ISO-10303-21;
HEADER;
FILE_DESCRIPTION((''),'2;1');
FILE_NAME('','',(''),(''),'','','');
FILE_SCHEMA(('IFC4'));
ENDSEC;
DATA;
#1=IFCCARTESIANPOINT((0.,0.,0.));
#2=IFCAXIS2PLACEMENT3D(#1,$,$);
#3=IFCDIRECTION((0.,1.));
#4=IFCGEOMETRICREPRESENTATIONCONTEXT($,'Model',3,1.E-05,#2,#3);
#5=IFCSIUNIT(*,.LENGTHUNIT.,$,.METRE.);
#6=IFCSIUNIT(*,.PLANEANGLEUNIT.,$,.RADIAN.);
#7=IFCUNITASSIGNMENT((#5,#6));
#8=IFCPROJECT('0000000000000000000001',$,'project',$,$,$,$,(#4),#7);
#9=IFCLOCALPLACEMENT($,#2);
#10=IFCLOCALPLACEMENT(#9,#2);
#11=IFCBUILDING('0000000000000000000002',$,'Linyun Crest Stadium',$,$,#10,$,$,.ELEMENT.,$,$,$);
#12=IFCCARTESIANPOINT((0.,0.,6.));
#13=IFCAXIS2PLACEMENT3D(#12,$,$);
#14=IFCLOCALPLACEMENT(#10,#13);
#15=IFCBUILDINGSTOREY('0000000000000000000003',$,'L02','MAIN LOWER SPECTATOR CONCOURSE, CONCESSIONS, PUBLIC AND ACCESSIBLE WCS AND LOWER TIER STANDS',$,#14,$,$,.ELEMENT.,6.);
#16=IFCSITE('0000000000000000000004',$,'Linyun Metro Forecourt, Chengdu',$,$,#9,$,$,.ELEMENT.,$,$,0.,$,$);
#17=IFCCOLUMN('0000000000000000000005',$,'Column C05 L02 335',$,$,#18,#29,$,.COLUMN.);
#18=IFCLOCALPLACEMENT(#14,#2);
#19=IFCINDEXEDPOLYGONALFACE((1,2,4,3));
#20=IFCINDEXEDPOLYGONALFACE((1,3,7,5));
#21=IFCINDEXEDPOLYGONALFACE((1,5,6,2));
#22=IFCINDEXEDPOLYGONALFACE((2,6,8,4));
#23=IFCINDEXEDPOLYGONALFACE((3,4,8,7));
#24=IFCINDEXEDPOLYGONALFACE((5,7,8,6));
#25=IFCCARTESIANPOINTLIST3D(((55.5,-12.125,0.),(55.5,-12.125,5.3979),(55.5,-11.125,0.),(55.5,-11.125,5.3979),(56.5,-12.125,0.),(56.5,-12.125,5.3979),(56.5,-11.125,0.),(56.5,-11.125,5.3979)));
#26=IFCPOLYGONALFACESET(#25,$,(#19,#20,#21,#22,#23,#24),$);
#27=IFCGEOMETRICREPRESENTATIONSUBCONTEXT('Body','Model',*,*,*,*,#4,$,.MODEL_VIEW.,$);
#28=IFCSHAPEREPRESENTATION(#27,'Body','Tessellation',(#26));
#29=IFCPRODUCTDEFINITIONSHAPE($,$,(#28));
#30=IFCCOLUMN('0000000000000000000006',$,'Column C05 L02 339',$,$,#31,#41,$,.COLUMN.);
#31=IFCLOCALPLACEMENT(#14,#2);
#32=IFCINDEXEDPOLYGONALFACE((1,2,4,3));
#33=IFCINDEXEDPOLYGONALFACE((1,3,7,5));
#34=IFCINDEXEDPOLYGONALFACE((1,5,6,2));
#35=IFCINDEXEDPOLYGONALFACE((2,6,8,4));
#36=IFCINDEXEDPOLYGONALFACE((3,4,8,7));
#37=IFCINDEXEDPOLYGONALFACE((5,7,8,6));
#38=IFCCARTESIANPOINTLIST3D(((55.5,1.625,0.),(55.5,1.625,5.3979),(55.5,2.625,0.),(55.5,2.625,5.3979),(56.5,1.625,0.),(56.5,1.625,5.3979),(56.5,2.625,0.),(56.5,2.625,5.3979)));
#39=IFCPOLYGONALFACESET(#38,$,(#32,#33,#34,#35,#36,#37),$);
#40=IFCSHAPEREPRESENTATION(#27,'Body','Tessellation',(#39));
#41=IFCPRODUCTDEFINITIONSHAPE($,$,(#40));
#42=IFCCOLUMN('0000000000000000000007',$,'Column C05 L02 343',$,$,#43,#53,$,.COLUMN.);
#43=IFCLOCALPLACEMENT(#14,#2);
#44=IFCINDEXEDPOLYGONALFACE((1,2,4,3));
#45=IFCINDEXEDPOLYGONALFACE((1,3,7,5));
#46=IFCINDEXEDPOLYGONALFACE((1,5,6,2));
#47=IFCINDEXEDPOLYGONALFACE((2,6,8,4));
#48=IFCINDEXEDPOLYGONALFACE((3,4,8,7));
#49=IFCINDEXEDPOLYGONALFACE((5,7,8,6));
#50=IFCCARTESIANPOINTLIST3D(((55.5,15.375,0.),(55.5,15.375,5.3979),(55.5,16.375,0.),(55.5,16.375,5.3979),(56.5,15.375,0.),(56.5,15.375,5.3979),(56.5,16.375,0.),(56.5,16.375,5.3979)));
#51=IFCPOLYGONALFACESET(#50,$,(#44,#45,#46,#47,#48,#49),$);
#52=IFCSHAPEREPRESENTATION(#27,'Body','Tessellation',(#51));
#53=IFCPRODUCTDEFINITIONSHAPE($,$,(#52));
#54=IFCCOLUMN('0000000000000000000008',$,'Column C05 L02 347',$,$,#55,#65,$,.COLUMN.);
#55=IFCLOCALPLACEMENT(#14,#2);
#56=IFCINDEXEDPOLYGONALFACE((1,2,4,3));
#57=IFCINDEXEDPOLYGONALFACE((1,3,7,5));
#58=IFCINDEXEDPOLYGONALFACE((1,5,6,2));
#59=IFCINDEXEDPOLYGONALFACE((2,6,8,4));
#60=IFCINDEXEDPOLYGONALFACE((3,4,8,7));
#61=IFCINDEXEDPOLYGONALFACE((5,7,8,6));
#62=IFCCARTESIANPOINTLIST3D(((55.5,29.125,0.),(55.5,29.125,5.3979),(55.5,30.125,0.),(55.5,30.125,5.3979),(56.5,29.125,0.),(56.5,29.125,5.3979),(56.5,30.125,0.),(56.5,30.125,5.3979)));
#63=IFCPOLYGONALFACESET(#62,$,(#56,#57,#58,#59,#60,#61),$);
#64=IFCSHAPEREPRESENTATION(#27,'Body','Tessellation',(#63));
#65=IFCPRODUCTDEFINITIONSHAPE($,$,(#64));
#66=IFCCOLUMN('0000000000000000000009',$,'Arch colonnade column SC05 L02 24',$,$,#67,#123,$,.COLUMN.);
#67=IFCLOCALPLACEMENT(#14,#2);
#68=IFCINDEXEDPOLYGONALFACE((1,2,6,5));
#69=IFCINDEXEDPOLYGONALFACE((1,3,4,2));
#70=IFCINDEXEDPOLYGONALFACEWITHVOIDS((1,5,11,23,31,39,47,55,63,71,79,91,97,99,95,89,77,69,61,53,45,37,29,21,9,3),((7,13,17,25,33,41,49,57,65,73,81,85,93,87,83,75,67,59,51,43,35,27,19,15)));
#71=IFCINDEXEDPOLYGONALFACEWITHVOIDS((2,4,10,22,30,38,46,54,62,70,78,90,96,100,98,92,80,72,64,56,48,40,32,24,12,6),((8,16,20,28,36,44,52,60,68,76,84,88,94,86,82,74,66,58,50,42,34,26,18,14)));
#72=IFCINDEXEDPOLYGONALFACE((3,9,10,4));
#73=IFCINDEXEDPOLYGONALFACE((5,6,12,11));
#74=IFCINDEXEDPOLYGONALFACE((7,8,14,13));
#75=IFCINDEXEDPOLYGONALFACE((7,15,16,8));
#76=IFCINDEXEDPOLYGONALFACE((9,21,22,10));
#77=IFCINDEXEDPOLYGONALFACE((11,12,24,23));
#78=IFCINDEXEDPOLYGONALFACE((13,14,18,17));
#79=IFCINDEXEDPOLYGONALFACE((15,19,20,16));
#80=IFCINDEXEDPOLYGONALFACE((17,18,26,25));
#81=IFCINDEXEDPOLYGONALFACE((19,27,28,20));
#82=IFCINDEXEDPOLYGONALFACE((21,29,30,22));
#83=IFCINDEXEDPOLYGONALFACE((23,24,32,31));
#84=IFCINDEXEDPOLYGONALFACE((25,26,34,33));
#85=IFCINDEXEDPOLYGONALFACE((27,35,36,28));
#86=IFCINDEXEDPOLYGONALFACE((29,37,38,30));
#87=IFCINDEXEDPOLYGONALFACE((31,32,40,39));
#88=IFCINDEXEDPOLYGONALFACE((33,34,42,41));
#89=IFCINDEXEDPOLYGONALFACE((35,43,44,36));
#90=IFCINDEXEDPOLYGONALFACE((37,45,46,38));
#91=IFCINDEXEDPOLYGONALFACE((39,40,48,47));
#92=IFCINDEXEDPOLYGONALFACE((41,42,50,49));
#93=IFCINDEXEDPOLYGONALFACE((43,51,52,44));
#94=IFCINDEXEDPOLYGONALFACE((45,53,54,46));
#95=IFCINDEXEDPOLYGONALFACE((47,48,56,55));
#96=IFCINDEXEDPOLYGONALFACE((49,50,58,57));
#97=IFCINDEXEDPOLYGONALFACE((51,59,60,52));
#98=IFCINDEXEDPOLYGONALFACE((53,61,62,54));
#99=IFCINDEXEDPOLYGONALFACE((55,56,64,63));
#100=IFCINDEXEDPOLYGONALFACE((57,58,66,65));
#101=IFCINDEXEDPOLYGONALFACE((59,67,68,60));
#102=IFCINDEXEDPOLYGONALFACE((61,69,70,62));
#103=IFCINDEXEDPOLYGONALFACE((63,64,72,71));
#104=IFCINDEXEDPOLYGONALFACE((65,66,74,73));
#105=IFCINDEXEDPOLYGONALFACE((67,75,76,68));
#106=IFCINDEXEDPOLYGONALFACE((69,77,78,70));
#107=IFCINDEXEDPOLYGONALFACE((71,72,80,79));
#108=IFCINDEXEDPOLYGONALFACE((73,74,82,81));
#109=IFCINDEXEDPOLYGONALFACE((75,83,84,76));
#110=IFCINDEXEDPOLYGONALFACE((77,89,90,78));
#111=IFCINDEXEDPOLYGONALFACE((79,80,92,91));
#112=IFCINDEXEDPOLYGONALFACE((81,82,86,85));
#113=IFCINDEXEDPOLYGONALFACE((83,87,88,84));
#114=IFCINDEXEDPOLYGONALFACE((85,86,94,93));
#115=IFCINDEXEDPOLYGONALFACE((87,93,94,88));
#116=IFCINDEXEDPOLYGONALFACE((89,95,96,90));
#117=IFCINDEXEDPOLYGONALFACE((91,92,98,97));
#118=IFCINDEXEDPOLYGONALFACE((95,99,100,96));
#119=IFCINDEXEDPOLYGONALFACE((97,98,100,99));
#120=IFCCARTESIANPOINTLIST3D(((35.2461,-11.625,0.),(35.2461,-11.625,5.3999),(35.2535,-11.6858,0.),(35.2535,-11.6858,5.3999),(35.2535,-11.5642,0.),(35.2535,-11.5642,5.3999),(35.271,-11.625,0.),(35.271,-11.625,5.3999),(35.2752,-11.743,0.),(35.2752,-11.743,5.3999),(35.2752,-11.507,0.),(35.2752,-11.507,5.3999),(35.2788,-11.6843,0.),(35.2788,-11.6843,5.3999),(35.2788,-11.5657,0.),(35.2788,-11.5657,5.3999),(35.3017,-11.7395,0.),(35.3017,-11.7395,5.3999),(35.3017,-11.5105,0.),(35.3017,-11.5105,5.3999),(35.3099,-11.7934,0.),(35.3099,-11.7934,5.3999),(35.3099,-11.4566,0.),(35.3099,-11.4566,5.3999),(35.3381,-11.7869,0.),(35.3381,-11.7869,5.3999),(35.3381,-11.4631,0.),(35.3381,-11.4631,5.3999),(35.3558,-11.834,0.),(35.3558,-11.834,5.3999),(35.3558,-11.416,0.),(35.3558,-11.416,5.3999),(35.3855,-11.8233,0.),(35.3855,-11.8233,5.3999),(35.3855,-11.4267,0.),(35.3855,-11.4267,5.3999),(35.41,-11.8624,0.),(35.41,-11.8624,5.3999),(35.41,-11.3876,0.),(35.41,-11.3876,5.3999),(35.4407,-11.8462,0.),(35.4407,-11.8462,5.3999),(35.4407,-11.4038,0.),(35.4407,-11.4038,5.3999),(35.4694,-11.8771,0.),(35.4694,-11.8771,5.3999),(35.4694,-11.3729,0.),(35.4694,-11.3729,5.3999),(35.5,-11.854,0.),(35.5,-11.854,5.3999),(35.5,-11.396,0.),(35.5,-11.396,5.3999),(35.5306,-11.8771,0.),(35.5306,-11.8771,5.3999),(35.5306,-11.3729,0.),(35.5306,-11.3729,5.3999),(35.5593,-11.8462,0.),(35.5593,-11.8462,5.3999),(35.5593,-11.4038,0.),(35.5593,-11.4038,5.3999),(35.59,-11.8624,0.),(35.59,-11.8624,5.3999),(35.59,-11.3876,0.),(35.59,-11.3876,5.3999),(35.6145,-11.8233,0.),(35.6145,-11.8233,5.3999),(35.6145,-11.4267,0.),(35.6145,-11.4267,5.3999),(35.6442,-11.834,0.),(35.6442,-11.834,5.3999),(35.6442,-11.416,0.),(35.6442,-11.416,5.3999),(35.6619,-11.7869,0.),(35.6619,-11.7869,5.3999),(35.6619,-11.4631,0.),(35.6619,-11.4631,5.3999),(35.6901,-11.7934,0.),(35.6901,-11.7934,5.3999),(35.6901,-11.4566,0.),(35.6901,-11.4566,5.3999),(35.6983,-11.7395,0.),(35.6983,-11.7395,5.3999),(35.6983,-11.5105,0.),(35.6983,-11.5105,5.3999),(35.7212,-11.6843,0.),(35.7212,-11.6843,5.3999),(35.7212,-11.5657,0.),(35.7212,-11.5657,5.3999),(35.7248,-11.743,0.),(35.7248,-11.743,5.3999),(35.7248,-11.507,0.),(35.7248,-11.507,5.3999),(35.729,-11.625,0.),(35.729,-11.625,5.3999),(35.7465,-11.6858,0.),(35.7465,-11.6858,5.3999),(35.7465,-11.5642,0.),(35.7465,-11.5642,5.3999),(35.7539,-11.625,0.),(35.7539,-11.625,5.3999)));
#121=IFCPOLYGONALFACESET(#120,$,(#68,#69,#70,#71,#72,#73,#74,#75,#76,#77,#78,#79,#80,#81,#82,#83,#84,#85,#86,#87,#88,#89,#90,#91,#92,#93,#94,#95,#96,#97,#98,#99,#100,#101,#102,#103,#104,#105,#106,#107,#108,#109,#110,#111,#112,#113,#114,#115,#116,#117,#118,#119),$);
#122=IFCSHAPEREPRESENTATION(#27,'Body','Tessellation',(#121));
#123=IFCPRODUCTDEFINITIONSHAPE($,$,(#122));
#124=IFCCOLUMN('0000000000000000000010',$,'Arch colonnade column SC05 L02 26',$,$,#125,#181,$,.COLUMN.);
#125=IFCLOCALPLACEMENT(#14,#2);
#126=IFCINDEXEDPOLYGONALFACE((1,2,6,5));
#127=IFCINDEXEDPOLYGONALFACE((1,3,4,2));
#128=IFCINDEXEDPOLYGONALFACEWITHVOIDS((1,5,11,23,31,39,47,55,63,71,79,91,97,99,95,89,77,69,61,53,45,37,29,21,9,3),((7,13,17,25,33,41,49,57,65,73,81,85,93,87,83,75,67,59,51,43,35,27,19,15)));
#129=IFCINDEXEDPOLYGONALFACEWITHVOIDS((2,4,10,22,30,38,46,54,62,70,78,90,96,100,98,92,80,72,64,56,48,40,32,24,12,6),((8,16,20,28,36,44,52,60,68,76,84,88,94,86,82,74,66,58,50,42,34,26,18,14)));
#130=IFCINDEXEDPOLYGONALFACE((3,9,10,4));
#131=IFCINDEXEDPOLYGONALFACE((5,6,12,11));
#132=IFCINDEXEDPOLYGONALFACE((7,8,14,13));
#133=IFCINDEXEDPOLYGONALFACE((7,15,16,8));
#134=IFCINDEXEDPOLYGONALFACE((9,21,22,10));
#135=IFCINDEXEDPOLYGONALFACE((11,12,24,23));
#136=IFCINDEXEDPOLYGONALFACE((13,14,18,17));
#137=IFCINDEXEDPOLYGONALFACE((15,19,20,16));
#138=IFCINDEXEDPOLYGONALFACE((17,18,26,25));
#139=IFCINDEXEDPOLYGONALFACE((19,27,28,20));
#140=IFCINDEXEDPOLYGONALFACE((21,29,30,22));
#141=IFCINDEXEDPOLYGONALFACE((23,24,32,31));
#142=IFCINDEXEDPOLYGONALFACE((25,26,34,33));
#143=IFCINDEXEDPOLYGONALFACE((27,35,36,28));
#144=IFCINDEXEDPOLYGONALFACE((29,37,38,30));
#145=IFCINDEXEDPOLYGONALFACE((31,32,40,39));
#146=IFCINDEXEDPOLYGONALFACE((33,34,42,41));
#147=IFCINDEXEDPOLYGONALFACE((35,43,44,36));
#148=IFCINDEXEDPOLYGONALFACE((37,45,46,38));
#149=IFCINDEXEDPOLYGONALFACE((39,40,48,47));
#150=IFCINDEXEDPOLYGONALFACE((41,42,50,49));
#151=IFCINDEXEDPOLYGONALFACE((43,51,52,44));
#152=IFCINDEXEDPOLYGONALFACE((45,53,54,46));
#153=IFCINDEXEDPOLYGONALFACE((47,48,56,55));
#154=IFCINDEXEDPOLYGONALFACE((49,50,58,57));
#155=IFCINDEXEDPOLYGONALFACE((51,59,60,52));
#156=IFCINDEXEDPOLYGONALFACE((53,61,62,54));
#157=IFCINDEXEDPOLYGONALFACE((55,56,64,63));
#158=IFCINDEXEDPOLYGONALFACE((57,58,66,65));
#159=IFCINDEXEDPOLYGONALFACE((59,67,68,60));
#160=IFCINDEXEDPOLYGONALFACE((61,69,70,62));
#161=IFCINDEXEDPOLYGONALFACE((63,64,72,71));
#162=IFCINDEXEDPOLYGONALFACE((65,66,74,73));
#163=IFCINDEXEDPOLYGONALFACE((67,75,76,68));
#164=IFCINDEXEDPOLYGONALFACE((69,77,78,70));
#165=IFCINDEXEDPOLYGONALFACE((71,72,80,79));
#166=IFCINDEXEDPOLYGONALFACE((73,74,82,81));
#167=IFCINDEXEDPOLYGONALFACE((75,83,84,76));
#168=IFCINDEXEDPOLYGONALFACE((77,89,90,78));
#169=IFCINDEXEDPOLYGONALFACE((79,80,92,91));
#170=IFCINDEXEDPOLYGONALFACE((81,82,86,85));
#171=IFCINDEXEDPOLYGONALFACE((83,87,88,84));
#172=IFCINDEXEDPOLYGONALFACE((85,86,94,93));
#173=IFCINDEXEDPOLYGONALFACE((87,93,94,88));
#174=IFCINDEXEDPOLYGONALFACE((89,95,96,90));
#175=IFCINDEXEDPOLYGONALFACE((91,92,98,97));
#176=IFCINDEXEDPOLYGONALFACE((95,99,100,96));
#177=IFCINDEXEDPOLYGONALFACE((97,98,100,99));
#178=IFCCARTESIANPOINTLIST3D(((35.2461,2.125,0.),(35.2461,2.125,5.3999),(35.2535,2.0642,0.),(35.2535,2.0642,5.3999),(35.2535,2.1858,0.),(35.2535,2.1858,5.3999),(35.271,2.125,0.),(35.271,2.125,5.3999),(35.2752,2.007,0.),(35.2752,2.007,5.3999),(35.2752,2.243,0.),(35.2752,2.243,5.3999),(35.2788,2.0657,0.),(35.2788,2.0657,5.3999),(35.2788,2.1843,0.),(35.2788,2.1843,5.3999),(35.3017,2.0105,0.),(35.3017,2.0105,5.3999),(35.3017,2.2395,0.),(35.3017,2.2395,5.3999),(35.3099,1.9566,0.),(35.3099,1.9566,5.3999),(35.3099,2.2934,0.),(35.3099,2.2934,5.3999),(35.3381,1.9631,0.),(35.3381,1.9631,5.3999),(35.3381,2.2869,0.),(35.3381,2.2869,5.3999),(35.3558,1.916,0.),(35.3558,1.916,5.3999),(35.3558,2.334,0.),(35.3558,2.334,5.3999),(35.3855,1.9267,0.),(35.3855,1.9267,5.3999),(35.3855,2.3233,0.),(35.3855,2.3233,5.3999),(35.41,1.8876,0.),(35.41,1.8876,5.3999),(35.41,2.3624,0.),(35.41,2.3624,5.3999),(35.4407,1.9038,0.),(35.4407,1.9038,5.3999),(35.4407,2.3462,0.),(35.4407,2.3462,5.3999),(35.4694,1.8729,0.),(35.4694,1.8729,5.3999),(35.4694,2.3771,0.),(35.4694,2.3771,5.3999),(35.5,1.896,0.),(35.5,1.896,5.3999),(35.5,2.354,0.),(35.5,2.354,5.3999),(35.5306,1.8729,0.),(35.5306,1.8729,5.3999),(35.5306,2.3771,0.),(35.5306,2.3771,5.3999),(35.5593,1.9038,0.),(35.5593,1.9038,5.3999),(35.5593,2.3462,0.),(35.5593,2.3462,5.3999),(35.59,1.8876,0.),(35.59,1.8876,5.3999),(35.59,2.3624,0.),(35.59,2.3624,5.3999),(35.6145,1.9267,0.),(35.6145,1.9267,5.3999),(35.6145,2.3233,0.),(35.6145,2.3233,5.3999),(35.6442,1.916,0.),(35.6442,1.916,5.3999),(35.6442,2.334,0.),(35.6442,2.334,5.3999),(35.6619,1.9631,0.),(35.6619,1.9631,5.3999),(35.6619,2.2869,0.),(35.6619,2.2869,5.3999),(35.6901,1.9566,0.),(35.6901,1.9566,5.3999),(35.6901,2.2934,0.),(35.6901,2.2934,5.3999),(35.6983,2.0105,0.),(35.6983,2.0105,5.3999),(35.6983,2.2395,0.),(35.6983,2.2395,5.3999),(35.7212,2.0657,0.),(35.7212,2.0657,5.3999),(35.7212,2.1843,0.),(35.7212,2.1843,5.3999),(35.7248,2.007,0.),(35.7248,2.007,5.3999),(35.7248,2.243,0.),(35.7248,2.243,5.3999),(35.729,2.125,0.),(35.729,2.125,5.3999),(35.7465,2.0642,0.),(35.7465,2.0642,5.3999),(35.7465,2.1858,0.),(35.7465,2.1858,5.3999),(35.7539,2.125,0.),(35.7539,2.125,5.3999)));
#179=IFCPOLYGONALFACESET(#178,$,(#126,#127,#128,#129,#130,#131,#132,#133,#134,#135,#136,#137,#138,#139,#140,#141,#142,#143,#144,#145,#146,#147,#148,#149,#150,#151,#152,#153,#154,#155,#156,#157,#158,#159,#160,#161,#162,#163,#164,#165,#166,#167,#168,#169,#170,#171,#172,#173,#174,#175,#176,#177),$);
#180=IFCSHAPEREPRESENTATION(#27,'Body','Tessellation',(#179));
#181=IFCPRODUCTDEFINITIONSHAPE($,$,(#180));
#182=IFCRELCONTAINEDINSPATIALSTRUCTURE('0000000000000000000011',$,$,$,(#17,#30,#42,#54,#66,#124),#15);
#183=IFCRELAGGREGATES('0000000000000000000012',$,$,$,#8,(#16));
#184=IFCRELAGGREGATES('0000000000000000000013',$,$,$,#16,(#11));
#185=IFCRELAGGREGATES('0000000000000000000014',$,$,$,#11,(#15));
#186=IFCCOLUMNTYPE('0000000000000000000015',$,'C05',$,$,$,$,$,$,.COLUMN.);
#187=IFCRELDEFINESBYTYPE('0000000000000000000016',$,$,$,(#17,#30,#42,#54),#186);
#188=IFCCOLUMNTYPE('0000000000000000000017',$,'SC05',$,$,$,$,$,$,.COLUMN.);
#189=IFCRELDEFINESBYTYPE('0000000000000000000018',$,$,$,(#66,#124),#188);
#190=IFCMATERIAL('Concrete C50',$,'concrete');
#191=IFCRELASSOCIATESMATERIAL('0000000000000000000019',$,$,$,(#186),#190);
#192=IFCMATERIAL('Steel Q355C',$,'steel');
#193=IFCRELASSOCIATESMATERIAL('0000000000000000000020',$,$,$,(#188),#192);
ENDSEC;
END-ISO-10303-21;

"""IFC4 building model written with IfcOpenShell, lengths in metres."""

from ifc_helpers import new_model, si_unit, direction, frame, origin, origin_2d, place, context, subcontext, project, spatial, rectangle, hollow_circle, extrude, material, material_profile, profile_set, type_object, element, save


model = new_model("IFC4")

# Units and contexts
model_context = context("Model", 3, precision=1e-05, world=origin(), true_north=direction((0.0, 1.0)))
body_context = subcontext(model_context, "Body", "Model", "MODEL_VIEW")
ifc_project = project(units=[si_unit("LENGTHUNIT", "METRE"), si_unit("PLANEANGLEUNIT", "RADIAN")], contexts=[model_context])

# Site, building, storey
site_placement = place(None, origin())
site = spatial("IfcSite", under=ifc_project, at=site_placement, Name="Linyun Metro Forecourt, Chengdu", CompositionType="ELEMENT", RefElevation=0.0)
building_placement = place(site_placement, origin())
building = spatial("IfcBuilding", under=site, at=building_placement, Name="Linyun Crest Stadium", CompositionType="ELEMENT")
storey_placement = place(building_placement, frame((0.0, 0.0, 6.0)))
storey = spatial("IfcBuildingStorey", under=building, at=storey_placement, Name="L02", Description="MAIN LOWER SPECTATOR CONCOURSE, CONCESSIONS, PUBLIC AND ACCESSIBLE WCS AND LOWER TIER STANDS", CompositionType="ELEMENT", Elevation=6.0)

# Columns
ifc_material_1 = material(Name="Concrete C50", Category="concrete")
ifc_material_profile_1 = material_profile(ifc_material_1, rectangle(XDim=1.0, YDim=1.0, at=origin_2d()), Name="RC 1000x1000")
ifc_profile_set_1 = profile_set([ifc_material_profile_1], Name="Concrete C50")
column_type_1 = type_object("IfcColumnType", Name="C05", PredefinedType="COLUMN", material=ifc_profile_set_1)
for number, where, z_axis, x_axis, name in (
    (1, (56.0, -11.625, 0.0), (0.0, 0.0, 1.0), (1.0, 0.0, 0.0), "Column C05 L02 335"),
    (2, (56.0, 2.125, 0.0), (0.0, 0.0, 1.0), (1.0, 0.0, 0.0), "Column C05 L02 339"),
    (3, (56.0, 15.875, 0.0), (0.0, 0.0, 1.0), (1.0, 0.0, 0.0), "Column C05 L02 343"),
    (4, (56.0, 29.625, 0.0), (0.0, 0.0, 1.0), (1.0, 0.0, 0.0), "Column C05 L02 347"),
):
    element("IfcColumn", number, at=place(storey_placement, frame(where, z_axis=z_axis, x_axis=x_axis)), inside=storey, type_object=column_type_1, Name=name, PredefinedType="COLUMN", context=body_context, shape_type="SweptSolid", body=[
        extrude(rectangle(XDim=1.0, YDim=1.0, at=origin_2d()), origin(), (0.0, 0.0, 1.0), 5.3979),
    ])
ifc_material_2 = material(Name="Steel Q355C", Category="steel")
ifc_material_profile_2 = material_profile(ifc_material_2, hollow_circle(Radius=0.2539, WallThickness=0.0249, at=origin_2d()), Name="CHS 508x25")
ifc_profile_set_2 = profile_set([ifc_material_profile_2], Name="Steel Q355C")
column_type_2 = type_object("IfcColumnType", Name="SC05", PredefinedType="COLUMN", material=ifc_profile_set_2)
for number, where, z_axis, x_axis, name in (
    (5, (35.5, -11.625, 0.0), (0.0, 0.0, 1.0), (1.0, 0.0, 0.0), "Arch colonnade column SC05 L02 24"),
    (6, (35.5, 2.125, 0.0), (0.0, 0.0, 1.0), (1.0, 0.0, 0.0), "Arch colonnade column SC05 L02 26"),
):
    element("IfcColumn", number, at=place(storey_placement, frame(where, z_axis=z_axis, x_axis=x_axis)), inside=storey, type_object=column_type_2, Name=name, PredefinedType="COLUMN", context=body_context, shape_type="SweptSolid", body=[
        extrude(hollow_circle(Radius=0.2539, WallThickness=0.0249, at=origin_2d()), origin(), (0.0, 0.0, 1.0), 5.3999),
    ])

save(model, "model.ifc")
